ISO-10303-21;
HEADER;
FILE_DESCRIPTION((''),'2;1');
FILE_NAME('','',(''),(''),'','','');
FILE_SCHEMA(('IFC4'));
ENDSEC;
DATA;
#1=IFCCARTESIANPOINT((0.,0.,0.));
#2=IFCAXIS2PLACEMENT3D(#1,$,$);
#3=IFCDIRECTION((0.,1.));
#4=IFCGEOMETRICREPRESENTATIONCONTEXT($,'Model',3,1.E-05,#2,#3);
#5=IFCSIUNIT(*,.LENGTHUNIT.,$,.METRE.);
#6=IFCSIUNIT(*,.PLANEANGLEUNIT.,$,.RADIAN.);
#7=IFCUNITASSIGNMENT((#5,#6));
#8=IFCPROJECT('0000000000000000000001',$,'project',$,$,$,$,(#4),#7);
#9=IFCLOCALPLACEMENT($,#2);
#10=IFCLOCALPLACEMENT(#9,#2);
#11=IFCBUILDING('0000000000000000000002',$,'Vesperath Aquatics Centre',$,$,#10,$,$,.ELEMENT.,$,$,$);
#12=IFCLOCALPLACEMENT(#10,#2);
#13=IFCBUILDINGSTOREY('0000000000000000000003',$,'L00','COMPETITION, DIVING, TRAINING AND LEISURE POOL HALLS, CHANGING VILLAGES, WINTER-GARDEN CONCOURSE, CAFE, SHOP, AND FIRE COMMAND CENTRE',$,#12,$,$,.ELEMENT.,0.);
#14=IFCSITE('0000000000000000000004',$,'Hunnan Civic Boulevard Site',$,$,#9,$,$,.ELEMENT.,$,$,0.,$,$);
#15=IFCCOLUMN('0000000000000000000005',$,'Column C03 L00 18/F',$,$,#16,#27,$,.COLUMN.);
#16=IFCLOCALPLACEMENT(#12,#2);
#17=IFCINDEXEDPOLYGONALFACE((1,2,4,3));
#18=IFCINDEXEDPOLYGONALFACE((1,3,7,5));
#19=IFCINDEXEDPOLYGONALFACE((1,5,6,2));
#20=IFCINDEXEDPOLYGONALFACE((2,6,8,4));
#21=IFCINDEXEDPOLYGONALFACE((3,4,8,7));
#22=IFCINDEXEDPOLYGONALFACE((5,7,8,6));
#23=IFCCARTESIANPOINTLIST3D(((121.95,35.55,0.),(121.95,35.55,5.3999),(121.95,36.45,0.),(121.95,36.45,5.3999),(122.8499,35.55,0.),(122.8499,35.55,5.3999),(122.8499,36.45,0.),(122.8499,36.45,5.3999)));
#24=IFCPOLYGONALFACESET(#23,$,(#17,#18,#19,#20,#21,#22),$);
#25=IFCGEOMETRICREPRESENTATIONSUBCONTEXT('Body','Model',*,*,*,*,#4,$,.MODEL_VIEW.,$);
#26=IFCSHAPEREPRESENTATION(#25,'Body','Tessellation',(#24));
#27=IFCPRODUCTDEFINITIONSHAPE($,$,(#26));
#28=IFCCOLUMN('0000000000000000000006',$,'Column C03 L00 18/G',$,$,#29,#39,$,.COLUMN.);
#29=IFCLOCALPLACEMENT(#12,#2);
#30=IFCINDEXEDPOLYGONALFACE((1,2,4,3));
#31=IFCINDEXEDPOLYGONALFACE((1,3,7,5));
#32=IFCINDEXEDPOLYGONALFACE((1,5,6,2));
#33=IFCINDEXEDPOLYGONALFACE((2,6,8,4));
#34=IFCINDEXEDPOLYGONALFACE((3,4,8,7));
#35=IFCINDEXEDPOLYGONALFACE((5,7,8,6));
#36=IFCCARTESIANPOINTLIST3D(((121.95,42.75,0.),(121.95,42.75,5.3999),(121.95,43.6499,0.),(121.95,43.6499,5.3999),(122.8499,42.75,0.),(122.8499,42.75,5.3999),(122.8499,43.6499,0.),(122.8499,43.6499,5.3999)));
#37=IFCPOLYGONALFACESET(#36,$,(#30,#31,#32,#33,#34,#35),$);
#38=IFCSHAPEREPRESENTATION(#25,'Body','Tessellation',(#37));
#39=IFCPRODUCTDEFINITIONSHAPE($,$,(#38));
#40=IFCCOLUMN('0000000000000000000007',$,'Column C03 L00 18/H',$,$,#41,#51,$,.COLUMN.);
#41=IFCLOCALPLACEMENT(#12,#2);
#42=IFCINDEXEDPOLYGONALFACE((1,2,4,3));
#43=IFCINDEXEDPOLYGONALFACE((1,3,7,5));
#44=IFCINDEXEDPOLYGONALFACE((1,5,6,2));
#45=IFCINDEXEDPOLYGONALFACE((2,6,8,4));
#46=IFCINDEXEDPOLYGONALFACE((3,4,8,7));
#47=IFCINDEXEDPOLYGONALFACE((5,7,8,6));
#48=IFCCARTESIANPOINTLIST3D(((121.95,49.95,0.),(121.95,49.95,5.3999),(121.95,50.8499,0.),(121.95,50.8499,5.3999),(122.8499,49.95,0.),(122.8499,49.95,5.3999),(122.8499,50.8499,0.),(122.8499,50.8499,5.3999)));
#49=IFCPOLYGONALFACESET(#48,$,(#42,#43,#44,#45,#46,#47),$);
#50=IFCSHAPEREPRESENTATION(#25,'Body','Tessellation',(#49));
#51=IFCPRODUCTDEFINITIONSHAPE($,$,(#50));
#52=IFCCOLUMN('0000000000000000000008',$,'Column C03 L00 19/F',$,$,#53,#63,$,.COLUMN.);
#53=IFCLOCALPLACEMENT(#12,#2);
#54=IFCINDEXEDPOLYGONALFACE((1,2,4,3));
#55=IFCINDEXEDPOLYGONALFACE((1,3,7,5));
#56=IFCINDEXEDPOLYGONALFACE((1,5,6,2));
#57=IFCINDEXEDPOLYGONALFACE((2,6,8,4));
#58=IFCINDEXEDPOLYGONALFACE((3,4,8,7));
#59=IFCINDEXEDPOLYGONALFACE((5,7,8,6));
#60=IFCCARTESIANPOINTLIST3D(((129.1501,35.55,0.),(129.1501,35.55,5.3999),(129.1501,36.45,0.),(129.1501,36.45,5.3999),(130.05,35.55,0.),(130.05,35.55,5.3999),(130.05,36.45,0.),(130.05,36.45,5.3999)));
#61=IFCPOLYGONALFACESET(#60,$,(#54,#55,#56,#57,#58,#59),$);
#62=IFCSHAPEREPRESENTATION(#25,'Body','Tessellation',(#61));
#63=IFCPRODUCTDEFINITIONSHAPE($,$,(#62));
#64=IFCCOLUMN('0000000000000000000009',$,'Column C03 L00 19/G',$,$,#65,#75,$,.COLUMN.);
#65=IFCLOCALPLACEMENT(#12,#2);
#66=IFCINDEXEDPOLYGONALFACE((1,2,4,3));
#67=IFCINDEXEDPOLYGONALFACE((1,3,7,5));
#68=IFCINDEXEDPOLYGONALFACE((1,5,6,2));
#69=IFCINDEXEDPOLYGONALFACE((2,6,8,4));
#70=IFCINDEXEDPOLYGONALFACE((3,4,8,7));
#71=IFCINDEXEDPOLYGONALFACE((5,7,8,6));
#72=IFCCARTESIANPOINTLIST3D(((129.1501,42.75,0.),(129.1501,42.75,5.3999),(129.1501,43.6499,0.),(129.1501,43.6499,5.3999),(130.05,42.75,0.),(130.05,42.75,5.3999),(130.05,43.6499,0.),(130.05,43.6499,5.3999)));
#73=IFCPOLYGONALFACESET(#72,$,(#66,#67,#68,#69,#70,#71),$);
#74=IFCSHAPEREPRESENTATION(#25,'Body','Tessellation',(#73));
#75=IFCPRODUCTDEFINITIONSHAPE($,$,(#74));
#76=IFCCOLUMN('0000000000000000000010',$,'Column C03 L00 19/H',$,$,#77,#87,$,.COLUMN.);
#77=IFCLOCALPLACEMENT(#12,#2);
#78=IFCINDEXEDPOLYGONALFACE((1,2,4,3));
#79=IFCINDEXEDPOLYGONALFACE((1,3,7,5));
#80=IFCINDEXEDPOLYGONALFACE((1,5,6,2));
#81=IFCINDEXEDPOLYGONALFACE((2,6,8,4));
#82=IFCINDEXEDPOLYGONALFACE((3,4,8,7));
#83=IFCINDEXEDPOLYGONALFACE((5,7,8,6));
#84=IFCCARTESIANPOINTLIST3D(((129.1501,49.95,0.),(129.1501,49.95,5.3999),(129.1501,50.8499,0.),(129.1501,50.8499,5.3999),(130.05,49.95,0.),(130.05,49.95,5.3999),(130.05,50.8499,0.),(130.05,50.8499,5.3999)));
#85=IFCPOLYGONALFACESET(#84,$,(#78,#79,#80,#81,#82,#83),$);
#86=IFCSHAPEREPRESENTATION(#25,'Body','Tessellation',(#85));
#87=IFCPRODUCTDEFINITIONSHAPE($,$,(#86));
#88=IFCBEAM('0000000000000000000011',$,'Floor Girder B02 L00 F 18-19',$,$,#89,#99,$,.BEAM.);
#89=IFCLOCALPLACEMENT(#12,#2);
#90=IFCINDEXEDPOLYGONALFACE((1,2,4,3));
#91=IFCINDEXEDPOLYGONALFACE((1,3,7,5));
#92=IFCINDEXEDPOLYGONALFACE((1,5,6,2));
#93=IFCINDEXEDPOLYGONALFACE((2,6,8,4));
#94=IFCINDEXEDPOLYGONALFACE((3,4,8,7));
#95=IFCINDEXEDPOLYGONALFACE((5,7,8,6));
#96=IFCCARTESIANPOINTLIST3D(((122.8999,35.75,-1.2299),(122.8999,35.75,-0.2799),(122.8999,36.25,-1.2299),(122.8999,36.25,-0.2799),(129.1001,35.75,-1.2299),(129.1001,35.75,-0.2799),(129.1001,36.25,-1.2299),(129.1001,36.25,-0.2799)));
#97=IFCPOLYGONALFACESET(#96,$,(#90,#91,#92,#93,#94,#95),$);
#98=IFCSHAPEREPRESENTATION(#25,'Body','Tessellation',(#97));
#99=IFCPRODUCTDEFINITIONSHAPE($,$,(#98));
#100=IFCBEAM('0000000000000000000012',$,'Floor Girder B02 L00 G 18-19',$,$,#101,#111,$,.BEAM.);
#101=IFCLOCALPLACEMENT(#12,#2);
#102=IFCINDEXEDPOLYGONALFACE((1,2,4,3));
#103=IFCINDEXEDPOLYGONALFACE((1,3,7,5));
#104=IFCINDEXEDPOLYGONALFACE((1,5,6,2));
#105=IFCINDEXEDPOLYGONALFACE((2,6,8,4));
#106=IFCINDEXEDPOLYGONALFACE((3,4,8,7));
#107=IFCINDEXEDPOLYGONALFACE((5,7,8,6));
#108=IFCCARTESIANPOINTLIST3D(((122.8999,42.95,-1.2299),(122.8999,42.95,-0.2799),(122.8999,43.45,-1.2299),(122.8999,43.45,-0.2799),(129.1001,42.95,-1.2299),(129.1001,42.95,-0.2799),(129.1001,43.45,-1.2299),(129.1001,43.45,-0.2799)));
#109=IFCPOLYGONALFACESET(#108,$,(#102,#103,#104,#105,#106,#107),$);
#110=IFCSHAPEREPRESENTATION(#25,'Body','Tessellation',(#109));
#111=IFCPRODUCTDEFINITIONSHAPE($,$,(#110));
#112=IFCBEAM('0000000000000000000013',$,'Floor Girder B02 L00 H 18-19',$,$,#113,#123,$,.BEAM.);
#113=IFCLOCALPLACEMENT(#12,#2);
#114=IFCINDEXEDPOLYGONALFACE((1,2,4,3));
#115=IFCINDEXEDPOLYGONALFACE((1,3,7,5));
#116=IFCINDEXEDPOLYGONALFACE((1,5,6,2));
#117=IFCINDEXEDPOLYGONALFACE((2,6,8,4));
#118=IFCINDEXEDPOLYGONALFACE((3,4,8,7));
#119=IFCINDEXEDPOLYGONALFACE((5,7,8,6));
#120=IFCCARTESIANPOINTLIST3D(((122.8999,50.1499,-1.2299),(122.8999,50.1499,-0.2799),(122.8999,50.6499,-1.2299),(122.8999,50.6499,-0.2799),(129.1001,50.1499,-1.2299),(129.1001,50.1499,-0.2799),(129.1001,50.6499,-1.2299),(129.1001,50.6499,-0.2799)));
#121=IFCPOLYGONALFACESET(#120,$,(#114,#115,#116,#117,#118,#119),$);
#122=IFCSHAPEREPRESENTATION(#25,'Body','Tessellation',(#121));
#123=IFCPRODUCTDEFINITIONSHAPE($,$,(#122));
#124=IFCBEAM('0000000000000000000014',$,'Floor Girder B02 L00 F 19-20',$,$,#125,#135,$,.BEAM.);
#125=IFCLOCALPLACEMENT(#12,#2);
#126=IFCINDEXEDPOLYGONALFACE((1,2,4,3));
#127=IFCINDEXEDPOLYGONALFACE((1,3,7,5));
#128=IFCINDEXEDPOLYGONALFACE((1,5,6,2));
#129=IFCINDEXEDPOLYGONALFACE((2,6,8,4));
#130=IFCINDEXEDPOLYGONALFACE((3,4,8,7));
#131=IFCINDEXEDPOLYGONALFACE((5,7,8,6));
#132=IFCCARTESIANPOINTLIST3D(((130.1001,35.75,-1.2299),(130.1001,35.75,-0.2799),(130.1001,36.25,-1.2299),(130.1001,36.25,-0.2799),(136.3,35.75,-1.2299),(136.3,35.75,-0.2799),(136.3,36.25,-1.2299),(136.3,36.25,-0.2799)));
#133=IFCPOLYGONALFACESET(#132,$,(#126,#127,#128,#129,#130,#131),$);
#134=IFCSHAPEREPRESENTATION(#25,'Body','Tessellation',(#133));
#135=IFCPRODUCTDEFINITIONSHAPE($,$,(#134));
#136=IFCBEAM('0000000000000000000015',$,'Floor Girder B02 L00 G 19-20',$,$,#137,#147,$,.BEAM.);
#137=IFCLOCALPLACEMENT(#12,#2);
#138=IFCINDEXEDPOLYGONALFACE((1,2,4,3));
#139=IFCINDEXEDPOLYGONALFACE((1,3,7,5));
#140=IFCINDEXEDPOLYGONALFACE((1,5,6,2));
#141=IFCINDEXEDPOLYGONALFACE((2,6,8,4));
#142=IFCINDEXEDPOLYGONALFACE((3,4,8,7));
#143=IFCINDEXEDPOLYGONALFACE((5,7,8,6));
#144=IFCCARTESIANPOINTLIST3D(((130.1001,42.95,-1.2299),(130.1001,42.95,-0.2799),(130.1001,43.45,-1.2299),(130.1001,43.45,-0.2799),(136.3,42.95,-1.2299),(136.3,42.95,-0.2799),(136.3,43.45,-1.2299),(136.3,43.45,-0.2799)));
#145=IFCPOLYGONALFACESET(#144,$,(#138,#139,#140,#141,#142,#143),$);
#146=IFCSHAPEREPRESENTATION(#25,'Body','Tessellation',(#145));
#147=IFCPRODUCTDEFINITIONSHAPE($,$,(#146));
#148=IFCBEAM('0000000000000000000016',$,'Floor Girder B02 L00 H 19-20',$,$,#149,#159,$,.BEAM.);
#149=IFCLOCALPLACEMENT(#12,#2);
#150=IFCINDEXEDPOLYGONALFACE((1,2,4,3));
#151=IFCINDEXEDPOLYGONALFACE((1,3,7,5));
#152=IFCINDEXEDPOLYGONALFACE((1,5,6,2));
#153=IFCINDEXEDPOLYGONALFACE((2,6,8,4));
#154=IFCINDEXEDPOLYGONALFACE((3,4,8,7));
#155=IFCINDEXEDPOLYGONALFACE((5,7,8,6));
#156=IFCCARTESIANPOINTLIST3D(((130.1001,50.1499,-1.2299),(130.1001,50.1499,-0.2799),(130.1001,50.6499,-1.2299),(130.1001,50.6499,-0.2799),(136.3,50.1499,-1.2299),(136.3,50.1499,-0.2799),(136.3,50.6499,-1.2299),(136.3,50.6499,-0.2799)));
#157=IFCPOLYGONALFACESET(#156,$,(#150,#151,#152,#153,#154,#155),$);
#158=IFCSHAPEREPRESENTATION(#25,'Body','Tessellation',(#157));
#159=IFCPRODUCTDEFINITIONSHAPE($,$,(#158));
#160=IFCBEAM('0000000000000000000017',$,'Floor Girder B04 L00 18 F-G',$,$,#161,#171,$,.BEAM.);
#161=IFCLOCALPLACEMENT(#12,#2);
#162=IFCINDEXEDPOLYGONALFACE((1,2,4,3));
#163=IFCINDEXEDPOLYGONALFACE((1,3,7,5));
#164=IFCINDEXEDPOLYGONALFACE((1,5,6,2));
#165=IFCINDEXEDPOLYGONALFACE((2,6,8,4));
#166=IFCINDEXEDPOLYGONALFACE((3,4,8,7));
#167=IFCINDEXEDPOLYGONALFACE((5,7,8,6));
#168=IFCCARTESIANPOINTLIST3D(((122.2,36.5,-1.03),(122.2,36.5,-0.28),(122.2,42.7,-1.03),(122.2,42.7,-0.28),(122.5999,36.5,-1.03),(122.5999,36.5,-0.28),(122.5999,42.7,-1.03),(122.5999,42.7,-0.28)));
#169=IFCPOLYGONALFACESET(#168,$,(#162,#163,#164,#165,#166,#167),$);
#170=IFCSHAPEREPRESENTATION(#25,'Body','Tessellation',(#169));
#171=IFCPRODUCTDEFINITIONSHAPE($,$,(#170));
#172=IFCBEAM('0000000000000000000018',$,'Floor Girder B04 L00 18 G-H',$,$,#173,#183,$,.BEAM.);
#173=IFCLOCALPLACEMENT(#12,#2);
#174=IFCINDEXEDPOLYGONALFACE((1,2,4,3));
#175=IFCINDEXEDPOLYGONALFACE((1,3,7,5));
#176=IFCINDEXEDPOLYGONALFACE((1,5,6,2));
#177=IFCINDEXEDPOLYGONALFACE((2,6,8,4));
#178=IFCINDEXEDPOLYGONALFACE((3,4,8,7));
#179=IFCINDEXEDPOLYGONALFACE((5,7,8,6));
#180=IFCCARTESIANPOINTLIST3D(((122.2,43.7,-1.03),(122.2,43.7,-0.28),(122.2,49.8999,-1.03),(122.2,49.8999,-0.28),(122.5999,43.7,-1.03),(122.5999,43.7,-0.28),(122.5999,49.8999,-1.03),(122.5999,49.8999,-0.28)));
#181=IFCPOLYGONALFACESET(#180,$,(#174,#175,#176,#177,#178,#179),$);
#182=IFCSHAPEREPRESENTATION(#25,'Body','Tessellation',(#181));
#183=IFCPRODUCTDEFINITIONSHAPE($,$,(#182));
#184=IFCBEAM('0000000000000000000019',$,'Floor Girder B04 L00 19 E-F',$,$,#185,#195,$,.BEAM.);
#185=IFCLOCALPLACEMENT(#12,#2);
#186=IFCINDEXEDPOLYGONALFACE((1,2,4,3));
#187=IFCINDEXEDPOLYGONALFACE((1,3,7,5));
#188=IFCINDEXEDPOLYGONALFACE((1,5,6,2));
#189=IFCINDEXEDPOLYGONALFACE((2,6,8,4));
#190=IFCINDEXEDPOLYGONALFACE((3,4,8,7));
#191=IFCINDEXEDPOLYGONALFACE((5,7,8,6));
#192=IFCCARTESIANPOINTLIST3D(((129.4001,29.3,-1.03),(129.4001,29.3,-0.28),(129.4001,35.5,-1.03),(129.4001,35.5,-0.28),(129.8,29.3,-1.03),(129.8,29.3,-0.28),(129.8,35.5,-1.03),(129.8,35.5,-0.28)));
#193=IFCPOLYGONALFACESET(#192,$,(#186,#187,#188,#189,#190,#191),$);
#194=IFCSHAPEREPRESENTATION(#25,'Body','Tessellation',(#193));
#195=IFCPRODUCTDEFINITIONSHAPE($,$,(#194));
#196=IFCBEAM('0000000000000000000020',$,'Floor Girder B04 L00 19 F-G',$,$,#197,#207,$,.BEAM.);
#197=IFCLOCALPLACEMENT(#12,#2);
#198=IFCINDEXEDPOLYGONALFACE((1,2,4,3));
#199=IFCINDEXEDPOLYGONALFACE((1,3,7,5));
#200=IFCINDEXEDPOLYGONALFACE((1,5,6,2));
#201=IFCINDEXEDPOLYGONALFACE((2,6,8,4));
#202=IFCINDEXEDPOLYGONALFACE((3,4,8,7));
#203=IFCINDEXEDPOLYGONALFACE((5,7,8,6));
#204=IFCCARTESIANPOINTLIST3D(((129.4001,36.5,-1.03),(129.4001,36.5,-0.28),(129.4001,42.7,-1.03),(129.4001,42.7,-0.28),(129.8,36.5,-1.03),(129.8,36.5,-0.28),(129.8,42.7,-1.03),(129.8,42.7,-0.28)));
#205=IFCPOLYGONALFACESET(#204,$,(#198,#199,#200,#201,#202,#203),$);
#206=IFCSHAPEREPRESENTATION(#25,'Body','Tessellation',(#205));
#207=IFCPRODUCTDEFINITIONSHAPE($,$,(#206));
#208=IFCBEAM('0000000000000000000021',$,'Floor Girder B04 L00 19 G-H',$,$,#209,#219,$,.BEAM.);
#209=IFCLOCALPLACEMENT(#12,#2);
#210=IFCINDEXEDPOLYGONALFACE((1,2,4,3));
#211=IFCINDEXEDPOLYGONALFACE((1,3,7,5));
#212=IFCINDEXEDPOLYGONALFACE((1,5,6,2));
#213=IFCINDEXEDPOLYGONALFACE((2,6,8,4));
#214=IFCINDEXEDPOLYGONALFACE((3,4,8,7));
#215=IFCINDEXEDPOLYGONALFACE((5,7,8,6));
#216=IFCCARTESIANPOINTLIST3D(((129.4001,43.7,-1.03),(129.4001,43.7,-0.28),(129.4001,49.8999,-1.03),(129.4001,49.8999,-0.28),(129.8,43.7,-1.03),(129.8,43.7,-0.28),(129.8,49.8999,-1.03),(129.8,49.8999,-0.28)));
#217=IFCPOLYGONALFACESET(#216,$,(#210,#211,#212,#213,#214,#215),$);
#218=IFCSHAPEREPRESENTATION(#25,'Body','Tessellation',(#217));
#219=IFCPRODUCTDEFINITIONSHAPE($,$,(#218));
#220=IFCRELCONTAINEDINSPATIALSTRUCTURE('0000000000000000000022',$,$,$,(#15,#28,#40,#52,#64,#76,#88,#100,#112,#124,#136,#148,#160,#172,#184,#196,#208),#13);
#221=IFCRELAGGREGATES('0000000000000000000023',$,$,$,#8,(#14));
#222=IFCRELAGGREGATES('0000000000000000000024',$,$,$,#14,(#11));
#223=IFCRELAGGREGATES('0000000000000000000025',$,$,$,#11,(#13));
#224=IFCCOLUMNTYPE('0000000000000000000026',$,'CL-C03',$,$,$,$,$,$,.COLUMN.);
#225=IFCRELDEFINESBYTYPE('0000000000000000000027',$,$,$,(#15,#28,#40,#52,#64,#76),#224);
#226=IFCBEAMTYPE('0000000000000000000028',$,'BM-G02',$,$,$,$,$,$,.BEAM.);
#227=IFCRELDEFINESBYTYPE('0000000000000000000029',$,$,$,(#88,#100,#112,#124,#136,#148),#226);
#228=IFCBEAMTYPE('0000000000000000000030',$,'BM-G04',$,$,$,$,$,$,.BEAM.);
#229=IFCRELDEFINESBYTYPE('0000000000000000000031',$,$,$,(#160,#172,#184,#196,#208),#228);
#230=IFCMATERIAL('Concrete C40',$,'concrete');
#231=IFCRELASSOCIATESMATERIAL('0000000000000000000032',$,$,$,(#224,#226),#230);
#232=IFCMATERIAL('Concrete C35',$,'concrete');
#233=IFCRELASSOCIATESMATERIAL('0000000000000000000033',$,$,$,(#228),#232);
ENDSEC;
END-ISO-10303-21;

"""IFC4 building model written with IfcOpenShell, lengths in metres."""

from ifc_helpers import new_model, si_unit, direction, frame, origin, origin_2d, place, context, subcontext, project, spatial, rectangle, extrude, material, material_profile, profile_set, type_object, element, save


model = new_model("IFC4")

# Units and contexts
model_context = context("Model", 3, precision=1e-05, world=origin(), true_north=direction((0.0, 1.0)))
body_context = subcontext(model_context, "Body", "Model", "MODEL_VIEW")
ifc_project = project(units=[si_unit("LENGTHUNIT", "METRE"), si_unit("PLANEANGLEUNIT", "RADIAN")], contexts=[model_context])

# Site, building, storey
site_placement = place(None, origin())
site = spatial("IfcSite", under=ifc_project, at=site_placement, Name="Hunnan Civic Boulevard Site", CompositionType="ELEMENT", RefElevation=0.0)
building_placement = place(site_placement, origin())
building = spatial("IfcBuilding", under=site, at=building_placement, Name="Vesperath Aquatics Centre", CompositionType="ELEMENT")
storey_placement = place(building_placement, origin())
storey = spatial("IfcBuildingStorey", under=building, at=storey_placement, Name="L00", Description="COMPETITION, DIVING, TRAINING AND LEISURE POOL HALLS, CHANGING VILLAGES, WINTER-GARDEN CONCOURSE, CAFE, SHOP, AND FIRE COMMAND CENTRE", CompositionType="ELEMENT", Elevation=0.0)

# Columns
ifc_material_1 = material(Name="Concrete C40", Category="concrete")
ifc_material_profile_1 = material_profile(ifc_material_1, rectangle(XDim=0.8999, YDim=0.8999, at=origin_2d()), Name="RC 900x900")
ifc_profile_set_1 = profile_set([ifc_material_profile_1], Name="Concrete C40")
column_type = type_object("IfcColumnType", Name="CL-C03", PredefinedType="COLUMN", material=ifc_profile_set_1)
for number, where, z_axis, x_axis, name in (
    (1, (122.3999, 36.0, 0.0), (0.0, 0.0, 1.0), (1.0, 0.0, 0.0), "Column C03 L00 18/F"),
    (2, (122.3999, 43.2, 0.0), (0.0, 0.0, 1.0), (1.0, 0.0, 0.0), "Column C03 L00 18/G"),
    (3, (122.3999, 50.3999, 0.0), (0.0, 0.0, 1.0), (1.0, 0.0, 0.0), "Column C03 L00 18/H"),
    (4, (129.6001, 36.0, 0.0), (0.0, 0.0, 1.0), (1.0, 0.0, 0.0), "Column C03 L00 19/F"),
    (5, (129.6001, 43.2, 0.0), (0.0, 0.0, 1.0), (1.0, 0.0, 0.0), "Column C03 L00 19/G"),
    (6, (129.6001, 50.3999, 0.0), (0.0, 0.0, 1.0), (1.0, 0.0, 0.0), "Column C03 L00 19/H"),
):
    element("IfcColumn", number, at=place(storey_placement, frame(where, z_axis=z_axis, x_axis=x_axis)), inside=storey, type_object=column_type, Name=name, PredefinedType="COLUMN", context=body_context, shape_type="SweptSolid", body=[
        extrude(rectangle(XDim=0.8999, YDim=0.8999, at=origin_2d()), origin(), (0.0, 0.0, 1.0), 5.3999),
    ])

# Beams
ifc_material_profile_2 = material_profile(ifc_material_1, rectangle(XDim=0.5, YDim=0.95, at=origin_2d()), Name="RC 500x950")
ifc_profile_set_2 = profile_set([ifc_material_profile_2], Name="Concrete C40")
beam_type_1 = type_object("IfcBeamType", Name="BM-G02", PredefinedType="BEAM", material=ifc_profile_set_2)
for number, where, z_axis, x_axis, name in (
    (7, (122.8999, 36.0, -0.7549), (1.0, 0.0, 0.0), (0.0, 1.0, 0.0), "Floor Girder B02 L00 F 18-19"),
    (8, (122.8999, 43.2, -0.7549), (1.0, 0.0, 0.0), (0.0, 1.0, 0.0), "Floor Girder B02 L00 G 18-19"),
    (9, (122.8999, 50.3999, -0.7549), (1.0, 0.0, 0.0), (0.0, 1.0, 0.0), "Floor Girder B02 L00 H 18-19"),
):
    element("IfcBeam", number, at=place(storey_placement, frame(where, z_axis=z_axis, x_axis=x_axis)), inside=storey, type_object=beam_type_1, Name=name, PredefinedType="BEAM", context=body_context, shape_type="SweptSolid", body=[
        extrude(rectangle(XDim=0.5, YDim=0.95, at=origin_2d()), origin(), (0.0, 0.0, 1.0), 6.2002),
    ])
for number, where, z_axis, x_axis, name in (
    (10, (130.1001, 36.0, -0.7549), (1.0, 0.0, 0.0), (0.0, 1.0, 0.0), "Floor Girder B02 L00 F 19-20"),
    (11, (130.1001, 43.2, -0.7549), (1.0, 0.0, 0.0), (0.0, 1.0, 0.0), "Floor Girder B02 L00 G 19-20"),
    (12, (130.1001, 50.3999, -0.7549), (1.0, 0.0, 0.0), (0.0, 1.0, 0.0), "Floor Girder B02 L00 H 19-20"),
):
    element("IfcBeam", number, at=place(storey_placement, frame(where, z_axis=z_axis, x_axis=x_axis)), inside=storey, type_object=beam_type_1, Name=name, PredefinedType="BEAM", context=body_context, shape_type="SweptSolid", body=[
        extrude(rectangle(XDim=0.5, YDim=0.95, at=origin_2d()), origin(), (0.0, 0.0, 1.0), 6.2),
    ])
ifc_material_2 = material(Name="Concrete C35", Category="concrete")
ifc_material_profile_3 = material_profile(ifc_material_2, rectangle(XDim=0.3999, YDim=0.75, at=origin_2d()), Name="RC 400x750")
ifc_profile_set_3 = profile_set([ifc_material_profile_3], Name="Concrete C35")
beam_type_2 = type_object("IfcBeamType", Name="BM-G04", PredefinedType="BEAM", material=ifc_profile_set_3)
for number, where, z_axis, x_axis, name in (
    (13, (122.3999, 36.5, -0.655), (0.0, 1.0, 0.0), (-1.0, 0.0, 0.0), "Floor Girder B04 L00 18 F-G"),
    (14, (122.3999, 43.7, -0.655), (0.0, 1.0, 0.0), (-1.0, 0.0, 0.0), "Floor Girder B04 L00 18 G-H"),
    (15, (129.6001, 29.3, -0.655), (0.0, 1.0, 0.0), (-1.0, 0.0, 0.0), "Floor Girder B04 L00 19 E-F"),
    (16, (129.6001, 36.5, -0.655), (0.0, 1.0, 0.0), (-1.0, 0.0, 0.0), "Floor Girder B04 L00 19 F-G"),
    (17, (129.6001, 43.7, -0.655), (0.0, 1.0, 0.0), (-1.0, 0.0, 0.0), "Floor Girder B04 L00 19 G-H"),
):
    element("IfcBeam", number, at=place(storey_placement, frame(where, z_axis=z_axis, x_axis=x_axis)), inside=storey, type_object=beam_type_2, Name=name, PredefinedType="BEAM", context=body_context, shape_type="SweptSolid", body=[
        extrude(rectangle(XDim=0.3999, YDim=0.75, at=origin_2d()), origin(), (0.0, 0.0, 1.0), 6.2),
    ])

save(model, "model.ifc")
